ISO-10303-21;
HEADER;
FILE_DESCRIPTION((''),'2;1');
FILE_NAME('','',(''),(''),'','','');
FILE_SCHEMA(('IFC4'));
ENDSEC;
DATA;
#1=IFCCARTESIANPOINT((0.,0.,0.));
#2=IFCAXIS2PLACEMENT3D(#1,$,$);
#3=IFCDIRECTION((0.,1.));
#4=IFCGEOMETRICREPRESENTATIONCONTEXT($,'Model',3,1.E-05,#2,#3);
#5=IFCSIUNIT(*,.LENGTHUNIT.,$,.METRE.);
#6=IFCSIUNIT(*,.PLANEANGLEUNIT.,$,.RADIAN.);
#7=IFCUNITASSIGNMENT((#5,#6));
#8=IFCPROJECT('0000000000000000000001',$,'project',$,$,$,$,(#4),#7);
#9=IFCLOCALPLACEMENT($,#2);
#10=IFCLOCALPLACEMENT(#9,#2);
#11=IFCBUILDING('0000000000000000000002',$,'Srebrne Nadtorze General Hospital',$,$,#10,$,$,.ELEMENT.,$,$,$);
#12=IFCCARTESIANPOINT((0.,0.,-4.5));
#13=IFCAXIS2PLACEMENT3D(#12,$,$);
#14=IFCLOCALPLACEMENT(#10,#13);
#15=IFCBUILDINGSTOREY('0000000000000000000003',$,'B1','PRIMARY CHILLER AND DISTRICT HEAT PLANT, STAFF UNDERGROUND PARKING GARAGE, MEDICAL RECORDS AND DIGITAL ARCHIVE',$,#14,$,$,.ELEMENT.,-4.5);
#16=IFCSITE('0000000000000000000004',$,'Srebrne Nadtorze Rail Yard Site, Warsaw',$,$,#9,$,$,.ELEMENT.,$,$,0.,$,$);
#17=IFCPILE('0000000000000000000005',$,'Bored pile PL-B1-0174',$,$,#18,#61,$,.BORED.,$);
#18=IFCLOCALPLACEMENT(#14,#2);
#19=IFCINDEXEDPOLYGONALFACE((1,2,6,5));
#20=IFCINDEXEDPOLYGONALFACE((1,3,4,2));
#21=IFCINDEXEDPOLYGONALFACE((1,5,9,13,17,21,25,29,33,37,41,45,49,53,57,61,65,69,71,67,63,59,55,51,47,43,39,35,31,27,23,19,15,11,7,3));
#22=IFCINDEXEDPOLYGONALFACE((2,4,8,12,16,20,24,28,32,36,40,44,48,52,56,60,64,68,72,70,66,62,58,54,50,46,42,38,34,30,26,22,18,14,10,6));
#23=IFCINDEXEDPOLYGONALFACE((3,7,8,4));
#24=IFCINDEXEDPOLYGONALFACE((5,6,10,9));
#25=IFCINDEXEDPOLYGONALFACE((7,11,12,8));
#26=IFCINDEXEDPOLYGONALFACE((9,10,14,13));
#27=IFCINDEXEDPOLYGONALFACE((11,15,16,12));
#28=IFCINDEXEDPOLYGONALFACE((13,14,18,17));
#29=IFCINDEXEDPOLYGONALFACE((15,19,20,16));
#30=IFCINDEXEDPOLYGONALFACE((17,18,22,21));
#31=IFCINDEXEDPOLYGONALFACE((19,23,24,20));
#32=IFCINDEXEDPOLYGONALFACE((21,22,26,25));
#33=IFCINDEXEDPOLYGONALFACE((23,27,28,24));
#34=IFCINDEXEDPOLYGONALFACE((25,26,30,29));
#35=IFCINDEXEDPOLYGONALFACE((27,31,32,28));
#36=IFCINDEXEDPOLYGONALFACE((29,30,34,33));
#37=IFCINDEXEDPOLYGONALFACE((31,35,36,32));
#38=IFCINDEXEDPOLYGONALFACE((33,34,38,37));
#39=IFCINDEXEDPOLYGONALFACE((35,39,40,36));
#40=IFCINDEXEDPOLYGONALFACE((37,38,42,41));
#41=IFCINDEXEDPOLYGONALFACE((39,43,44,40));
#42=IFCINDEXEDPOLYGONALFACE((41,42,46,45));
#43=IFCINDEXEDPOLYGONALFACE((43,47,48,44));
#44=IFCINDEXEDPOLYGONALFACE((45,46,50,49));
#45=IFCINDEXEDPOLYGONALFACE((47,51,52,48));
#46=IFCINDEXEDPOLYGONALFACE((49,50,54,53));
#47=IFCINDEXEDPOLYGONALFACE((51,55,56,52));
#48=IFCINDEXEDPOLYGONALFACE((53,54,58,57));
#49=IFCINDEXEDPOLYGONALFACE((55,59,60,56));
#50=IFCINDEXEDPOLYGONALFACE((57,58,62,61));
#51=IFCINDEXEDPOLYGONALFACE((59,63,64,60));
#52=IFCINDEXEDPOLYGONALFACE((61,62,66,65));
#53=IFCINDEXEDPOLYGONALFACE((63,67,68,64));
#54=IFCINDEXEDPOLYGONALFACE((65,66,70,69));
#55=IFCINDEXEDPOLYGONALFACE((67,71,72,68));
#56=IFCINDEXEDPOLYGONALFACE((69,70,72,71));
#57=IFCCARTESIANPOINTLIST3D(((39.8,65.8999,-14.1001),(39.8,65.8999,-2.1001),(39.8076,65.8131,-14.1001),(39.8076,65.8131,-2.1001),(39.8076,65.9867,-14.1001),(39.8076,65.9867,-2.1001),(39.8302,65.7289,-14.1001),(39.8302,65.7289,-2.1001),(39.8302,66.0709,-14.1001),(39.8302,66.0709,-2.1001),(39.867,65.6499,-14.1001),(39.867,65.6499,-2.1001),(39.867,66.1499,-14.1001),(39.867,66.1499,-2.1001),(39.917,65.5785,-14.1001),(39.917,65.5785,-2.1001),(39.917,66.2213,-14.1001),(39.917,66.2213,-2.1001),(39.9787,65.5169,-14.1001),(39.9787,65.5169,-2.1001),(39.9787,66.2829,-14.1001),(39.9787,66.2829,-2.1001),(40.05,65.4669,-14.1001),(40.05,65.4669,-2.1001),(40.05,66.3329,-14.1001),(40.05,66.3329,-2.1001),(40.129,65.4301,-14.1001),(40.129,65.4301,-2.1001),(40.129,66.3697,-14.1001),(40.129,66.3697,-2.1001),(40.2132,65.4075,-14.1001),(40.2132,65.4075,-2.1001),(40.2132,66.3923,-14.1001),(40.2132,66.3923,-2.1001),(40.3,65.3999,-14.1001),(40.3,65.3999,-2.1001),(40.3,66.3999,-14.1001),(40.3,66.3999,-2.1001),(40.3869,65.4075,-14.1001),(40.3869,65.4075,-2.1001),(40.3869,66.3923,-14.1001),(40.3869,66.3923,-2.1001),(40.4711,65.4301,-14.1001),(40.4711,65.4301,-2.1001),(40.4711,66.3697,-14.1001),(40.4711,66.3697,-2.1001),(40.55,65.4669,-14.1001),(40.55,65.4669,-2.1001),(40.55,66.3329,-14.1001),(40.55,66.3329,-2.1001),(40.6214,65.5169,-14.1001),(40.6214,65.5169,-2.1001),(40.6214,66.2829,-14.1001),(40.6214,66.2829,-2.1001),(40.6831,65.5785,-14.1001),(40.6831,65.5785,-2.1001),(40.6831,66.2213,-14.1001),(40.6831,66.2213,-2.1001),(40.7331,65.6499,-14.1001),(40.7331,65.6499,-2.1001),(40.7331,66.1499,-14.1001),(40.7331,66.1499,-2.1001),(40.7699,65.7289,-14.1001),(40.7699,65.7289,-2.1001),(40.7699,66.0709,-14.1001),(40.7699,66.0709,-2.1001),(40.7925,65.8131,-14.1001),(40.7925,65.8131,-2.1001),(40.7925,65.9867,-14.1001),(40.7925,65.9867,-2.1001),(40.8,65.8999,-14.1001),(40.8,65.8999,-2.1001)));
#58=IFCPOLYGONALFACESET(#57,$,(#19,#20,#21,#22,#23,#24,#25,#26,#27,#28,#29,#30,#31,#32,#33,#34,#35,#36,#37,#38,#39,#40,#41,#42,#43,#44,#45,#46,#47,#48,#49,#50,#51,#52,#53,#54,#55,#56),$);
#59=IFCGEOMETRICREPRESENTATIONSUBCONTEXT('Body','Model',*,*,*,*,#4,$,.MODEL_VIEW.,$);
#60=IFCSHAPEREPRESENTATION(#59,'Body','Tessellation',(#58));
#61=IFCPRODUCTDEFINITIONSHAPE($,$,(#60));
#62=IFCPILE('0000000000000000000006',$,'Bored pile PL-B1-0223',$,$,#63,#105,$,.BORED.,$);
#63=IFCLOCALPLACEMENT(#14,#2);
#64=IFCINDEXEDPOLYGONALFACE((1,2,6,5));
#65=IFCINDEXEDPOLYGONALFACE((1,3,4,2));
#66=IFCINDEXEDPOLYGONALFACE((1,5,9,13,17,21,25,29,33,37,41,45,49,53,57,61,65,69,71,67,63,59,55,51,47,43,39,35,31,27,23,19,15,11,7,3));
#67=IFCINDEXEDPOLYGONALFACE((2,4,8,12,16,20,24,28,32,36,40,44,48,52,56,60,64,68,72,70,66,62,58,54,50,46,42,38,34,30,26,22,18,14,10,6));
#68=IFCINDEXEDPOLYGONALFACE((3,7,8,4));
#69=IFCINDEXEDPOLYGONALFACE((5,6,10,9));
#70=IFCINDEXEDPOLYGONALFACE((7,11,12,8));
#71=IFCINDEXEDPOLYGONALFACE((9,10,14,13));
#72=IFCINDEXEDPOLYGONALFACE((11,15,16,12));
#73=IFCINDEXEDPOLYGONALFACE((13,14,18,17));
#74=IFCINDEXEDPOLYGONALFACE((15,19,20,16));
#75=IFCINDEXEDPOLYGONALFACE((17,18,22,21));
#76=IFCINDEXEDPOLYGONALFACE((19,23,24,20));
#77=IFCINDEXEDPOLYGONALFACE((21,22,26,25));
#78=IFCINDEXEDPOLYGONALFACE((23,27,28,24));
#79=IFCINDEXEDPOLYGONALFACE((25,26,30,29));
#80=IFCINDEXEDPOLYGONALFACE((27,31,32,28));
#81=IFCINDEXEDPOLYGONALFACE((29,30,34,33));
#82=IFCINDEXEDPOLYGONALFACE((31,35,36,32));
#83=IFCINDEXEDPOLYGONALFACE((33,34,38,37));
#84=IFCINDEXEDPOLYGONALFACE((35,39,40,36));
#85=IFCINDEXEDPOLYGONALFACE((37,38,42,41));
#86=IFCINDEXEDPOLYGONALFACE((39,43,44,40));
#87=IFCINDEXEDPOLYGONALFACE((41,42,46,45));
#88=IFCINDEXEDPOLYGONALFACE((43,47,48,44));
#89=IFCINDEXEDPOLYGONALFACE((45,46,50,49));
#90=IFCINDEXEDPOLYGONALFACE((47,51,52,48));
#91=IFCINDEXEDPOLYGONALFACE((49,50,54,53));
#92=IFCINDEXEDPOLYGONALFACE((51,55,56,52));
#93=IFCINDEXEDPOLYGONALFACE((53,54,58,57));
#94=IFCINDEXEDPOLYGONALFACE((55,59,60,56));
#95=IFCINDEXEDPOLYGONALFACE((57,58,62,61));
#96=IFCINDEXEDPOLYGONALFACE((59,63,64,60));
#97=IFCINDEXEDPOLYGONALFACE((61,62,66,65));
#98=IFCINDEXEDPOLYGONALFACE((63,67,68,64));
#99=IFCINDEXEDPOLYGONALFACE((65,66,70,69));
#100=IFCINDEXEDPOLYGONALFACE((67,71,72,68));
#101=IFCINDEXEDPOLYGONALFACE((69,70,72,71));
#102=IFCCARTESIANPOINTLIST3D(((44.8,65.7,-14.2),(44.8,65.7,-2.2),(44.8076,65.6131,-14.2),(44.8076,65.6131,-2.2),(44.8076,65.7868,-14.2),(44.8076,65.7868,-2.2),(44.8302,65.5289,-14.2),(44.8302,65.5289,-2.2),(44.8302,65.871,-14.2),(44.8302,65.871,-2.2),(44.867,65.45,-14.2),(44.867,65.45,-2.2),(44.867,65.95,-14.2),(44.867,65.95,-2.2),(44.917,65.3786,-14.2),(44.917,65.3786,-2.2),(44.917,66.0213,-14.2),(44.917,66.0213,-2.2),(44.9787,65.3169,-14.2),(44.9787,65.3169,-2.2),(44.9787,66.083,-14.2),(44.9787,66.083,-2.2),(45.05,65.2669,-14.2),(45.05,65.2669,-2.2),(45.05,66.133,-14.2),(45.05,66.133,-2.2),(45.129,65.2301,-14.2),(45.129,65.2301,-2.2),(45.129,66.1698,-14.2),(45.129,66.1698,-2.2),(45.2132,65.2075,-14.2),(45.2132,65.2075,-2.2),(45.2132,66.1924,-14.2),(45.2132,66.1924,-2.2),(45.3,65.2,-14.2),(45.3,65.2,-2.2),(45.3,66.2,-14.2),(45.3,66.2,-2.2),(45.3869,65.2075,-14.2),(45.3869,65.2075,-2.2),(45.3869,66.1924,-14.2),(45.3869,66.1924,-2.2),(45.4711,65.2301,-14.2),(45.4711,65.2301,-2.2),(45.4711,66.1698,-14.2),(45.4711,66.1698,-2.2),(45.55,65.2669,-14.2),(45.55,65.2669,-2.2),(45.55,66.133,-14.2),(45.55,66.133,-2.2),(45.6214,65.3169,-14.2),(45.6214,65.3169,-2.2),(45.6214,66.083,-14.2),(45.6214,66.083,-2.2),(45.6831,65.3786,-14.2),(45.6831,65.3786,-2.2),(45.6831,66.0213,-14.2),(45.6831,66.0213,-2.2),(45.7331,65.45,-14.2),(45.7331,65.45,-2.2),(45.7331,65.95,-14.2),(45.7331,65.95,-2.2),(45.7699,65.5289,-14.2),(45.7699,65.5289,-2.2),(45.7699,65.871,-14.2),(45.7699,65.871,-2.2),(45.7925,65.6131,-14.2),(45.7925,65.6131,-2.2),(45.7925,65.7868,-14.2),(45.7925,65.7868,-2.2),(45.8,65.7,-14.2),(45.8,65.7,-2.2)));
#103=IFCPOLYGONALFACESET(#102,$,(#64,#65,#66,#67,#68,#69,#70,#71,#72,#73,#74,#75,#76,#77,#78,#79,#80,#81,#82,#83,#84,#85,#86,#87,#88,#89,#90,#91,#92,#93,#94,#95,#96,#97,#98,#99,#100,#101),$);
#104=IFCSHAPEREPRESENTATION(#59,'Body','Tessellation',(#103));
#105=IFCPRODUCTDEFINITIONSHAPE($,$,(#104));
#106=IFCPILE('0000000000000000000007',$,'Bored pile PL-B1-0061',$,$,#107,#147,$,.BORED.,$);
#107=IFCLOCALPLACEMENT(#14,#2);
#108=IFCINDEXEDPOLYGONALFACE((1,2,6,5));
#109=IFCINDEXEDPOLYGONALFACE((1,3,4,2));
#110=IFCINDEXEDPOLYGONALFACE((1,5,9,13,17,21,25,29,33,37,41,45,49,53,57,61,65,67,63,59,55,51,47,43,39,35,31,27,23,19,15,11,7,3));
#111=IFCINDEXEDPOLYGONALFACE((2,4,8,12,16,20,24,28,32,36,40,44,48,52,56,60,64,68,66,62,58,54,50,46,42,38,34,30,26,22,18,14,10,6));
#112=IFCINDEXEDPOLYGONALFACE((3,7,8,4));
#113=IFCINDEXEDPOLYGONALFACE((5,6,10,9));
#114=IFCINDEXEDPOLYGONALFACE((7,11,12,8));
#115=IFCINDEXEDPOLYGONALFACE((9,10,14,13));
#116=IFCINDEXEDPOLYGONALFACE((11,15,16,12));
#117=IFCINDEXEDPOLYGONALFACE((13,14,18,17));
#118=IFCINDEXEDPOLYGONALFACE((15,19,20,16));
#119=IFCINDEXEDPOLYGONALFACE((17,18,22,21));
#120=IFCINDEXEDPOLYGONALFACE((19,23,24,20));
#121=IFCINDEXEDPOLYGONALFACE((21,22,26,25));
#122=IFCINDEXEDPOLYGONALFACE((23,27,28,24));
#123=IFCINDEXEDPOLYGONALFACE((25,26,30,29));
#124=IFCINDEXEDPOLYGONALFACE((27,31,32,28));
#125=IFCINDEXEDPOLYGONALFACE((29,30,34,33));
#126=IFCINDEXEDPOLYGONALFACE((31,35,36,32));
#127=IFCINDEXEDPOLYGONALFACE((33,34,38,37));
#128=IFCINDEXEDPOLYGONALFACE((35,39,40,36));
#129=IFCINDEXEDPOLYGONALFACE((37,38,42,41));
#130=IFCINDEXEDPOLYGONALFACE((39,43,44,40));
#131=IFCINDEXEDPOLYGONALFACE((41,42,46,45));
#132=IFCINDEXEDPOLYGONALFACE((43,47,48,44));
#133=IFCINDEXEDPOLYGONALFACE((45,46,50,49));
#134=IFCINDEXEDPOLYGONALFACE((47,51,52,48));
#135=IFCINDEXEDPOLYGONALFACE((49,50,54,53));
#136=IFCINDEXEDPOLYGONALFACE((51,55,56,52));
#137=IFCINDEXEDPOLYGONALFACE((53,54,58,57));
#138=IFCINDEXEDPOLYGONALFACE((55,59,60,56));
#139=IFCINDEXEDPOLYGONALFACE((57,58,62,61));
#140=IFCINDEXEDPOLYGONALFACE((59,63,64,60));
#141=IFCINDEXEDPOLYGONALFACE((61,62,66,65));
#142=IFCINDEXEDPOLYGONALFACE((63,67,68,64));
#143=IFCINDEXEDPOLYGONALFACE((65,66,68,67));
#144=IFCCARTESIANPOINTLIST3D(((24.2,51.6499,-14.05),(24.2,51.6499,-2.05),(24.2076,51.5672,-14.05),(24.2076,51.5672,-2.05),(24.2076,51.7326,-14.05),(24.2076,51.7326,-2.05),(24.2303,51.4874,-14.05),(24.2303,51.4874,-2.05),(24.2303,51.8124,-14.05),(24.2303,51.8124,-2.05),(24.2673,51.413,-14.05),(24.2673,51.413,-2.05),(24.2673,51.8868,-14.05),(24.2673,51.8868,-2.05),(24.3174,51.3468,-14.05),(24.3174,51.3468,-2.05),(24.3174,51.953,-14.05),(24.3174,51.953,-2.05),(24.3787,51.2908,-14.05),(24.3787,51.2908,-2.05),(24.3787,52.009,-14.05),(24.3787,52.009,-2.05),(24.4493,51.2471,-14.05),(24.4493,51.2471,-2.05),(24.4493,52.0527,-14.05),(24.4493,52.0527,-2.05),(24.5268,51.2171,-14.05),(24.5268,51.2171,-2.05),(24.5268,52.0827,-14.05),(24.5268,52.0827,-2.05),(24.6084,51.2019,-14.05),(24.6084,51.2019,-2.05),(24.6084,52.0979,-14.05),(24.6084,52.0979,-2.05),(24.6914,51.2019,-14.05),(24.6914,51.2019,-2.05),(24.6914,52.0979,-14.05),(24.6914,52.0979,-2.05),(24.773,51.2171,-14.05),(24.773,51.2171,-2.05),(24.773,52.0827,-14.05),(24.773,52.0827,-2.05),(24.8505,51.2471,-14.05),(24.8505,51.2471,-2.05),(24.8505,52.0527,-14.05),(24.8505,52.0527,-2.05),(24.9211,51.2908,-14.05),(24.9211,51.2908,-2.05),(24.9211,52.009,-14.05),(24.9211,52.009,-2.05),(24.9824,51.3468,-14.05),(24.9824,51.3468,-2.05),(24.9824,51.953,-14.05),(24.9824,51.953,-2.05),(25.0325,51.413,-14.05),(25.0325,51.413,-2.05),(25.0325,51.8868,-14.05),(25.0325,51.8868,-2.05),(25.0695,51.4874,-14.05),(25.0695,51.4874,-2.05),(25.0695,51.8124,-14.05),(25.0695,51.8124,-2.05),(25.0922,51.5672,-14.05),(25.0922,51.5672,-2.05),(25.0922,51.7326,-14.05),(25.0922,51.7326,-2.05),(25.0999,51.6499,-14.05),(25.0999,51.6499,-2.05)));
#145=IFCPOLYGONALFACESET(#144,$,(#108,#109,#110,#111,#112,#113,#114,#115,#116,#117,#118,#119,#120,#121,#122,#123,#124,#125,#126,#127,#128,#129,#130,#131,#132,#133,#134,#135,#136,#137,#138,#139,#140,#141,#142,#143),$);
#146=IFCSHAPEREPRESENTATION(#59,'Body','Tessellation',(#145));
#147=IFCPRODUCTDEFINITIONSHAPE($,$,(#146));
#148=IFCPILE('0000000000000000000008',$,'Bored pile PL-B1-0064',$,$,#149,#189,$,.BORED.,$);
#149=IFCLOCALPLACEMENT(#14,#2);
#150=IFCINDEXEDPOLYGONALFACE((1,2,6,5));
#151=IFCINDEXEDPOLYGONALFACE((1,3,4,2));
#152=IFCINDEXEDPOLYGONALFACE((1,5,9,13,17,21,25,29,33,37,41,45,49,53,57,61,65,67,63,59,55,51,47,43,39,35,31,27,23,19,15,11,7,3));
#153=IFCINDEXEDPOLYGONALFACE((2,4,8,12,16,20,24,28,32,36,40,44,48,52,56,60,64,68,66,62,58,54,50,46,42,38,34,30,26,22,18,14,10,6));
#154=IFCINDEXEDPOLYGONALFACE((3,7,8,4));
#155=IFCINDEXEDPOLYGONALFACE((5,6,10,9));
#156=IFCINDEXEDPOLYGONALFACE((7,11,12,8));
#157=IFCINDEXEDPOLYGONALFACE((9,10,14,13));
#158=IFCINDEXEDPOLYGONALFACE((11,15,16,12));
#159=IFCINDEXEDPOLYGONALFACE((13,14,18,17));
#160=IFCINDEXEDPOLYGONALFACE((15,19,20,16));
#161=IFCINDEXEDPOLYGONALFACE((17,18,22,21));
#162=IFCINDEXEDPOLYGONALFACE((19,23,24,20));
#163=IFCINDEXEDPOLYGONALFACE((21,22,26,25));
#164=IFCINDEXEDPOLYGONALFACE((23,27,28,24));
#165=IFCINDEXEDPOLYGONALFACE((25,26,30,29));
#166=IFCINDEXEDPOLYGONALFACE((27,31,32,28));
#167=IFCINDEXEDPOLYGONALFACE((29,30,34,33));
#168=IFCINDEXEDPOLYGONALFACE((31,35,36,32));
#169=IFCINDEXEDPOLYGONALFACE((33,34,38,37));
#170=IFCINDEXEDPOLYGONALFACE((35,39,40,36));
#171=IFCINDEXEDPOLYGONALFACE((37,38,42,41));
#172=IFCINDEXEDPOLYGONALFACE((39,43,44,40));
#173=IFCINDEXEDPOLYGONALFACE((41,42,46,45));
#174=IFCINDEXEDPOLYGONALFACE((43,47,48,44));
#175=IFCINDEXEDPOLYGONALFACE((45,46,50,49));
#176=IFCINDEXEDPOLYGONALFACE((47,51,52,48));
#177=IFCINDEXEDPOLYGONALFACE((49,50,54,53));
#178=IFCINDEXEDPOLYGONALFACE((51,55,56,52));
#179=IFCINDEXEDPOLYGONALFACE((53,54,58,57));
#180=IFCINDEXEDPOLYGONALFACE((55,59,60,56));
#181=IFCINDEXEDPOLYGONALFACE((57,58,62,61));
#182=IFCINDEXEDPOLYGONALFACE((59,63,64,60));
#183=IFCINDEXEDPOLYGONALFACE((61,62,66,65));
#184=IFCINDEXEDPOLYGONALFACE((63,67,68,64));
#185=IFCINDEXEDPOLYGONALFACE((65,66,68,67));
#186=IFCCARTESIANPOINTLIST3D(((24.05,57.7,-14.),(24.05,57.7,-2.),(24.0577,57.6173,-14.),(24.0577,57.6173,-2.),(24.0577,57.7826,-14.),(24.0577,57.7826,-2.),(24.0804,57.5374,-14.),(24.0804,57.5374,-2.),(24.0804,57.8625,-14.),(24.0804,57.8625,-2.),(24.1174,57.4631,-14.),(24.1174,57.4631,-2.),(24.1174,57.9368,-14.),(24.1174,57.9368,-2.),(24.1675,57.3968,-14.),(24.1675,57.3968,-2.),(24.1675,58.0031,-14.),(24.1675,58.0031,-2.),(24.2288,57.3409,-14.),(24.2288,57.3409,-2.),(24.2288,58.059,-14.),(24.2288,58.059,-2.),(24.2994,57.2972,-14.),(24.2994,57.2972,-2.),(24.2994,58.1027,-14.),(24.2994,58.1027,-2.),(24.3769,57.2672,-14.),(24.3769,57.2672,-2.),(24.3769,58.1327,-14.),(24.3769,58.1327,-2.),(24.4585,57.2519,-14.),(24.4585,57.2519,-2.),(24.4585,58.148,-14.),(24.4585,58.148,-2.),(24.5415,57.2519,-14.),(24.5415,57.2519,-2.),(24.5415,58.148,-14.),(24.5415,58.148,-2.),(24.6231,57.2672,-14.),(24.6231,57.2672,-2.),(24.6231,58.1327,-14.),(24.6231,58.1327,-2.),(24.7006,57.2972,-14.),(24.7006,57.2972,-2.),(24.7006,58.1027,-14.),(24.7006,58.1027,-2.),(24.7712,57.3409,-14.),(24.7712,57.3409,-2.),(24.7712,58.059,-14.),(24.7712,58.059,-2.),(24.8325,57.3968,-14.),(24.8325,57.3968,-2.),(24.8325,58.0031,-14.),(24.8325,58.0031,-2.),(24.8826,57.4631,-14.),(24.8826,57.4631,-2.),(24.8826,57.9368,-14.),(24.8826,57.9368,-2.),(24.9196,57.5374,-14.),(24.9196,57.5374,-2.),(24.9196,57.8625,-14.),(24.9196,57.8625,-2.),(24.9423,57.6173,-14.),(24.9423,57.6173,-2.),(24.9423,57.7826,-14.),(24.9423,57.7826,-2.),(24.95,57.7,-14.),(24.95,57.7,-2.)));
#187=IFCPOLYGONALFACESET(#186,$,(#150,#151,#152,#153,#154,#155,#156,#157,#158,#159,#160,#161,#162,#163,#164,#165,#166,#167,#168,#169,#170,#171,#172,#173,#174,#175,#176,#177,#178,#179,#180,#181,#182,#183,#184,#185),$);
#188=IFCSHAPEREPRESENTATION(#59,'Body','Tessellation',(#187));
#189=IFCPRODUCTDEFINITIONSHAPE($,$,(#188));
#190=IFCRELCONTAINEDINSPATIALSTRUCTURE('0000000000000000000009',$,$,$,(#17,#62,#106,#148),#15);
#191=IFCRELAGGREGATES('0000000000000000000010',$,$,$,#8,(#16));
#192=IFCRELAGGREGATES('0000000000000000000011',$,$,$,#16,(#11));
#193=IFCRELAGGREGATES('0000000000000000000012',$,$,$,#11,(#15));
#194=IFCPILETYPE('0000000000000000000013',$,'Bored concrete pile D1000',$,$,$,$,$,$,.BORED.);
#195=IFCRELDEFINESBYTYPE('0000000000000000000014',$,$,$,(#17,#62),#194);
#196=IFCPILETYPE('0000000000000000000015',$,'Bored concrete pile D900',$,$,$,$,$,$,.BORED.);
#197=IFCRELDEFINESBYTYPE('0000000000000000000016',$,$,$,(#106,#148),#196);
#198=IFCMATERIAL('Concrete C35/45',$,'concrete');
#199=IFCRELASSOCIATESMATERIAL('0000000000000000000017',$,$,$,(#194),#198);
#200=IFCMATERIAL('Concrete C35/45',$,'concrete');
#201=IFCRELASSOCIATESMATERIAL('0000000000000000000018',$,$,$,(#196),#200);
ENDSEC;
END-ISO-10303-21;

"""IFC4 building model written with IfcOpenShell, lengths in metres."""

from ifc_helpers import new_model, si_unit, direction, frame, origin, origin_2d, place, context, subcontext, project, spatial, circle, extrude, material, material_profile, profile_set, type_object, element, save


model = new_model("IFC4")

# Units and contexts
model_context = context("Model", 3, precision=1e-05, world=origin(), true_north=direction((0.0, 1.0)))
body_context = subcontext(model_context, "Body", "Model", "MODEL_VIEW")
ifc_project = project(units=[si_unit("LENGTHUNIT", "METRE"), si_unit("PLANEANGLEUNIT", "RADIAN")], contexts=[model_context])

# Site, building, storey
site_placement = place(None, origin())
site = spatial("IfcSite", under=ifc_project, at=site_placement, Name="Srebrne Nadtorze Rail Yard Site, Warsaw", CompositionType="ELEMENT", RefElevation=0.0)
building_placement = place(site_placement, origin())
building = spatial("IfcBuilding", under=site, at=building_placement, Name="Srebrne Nadtorze General Hospital", CompositionType="ELEMENT")
storey_placement = place(building_placement, frame((0.0, 0.0, -4.5)))
storey = spatial("IfcBuildingStorey", under=building, at=storey_placement, Name="B1", Description="PRIMARY CHILLER AND DISTRICT HEAT PLANT, STAFF UNDERGROUND PARKING GARAGE, MEDICAL RECORDS AND DIGITAL ARCHIVE", CompositionType="ELEMENT", Elevation=-4.5)

# Piles
ifc_material_1 = material(Name="Concrete C35/45", Category="concrete")
ifc_material_profile_1 = material_profile(ifc_material_1, circle(Radius=0.5, at=origin_2d()), Name="PILE-D1000")
ifc_profile_set_1 = profile_set([ifc_material_profile_1], Name="Concrete C35/45")
pile_type_1 = type_object("IfcPileType", Name="Bored concrete pile D1000", PredefinedType="BORED", material=ifc_profile_set_1)
for number, where, z_axis, x_axis, name in (
    (1, (40.3, 65.8999, -2.1001), (0.0, 0.0, -1.0), (1.0, 0.0, 0.0), "Bored pile PL-B1-0174"),
    (2, (45.3, 65.7, -2.2), (0.0, 0.0, -1.0), (1.0, 0.0, 0.0), "Bored pile PL-B1-0223"),
):
    element("IfcPile", number, at=place(storey_placement, frame(where, z_axis=z_axis, x_axis=x_axis)), inside=storey, type_object=pile_type_1, Name=name, PredefinedType="BORED", context=body_context, shape_type="SweptSolid", body=[
        extrude(circle(Radius=0.5, at=origin_2d()), origin(), (0.0, 0.0, 1.0), 12.0),
    ])
ifc_material_2 = material(Name="Concrete C35/45", Category="concrete")
ifc_material_profile_2 = material_profile(ifc_material_2, circle(Radius=0.45, at=origin_2d()), Name="PILE-D900")
ifc_profile_set_2 = profile_set([ifc_material_profile_2], Name="Concrete C35/45")
pile_type_2 = type_object("IfcPileType", Name="Bored concrete pile D900", PredefinedType="BORED", material=ifc_profile_set_2)
for number, where, z_axis, x_axis, name in (
    (3, (24.6499, 51.6499, -2.05), (0.0, 0.0, -1.0), (1.0, 0.0, 0.0), "Bored pile PL-B1-0061"),
    (4, (24.5, 57.7, -2.0), (0.0, 0.0, -1.0), (1.0, 0.0, 0.0), "Bored pile PL-B1-0064"),
):
    element("IfcPile", number, at=place(storey_placement, frame(where, z_axis=z_axis, x_axis=x_axis)), inside=storey, type_object=pile_type_2, Name=name, PredefinedType="BORED", context=body_context, shape_type="SweptSolid", body=[
        extrude(circle(Radius=0.45, at=origin_2d()), origin(), (0.0, 0.0, 1.0), 12.0),
    ])

save(model, "model.ifc")
